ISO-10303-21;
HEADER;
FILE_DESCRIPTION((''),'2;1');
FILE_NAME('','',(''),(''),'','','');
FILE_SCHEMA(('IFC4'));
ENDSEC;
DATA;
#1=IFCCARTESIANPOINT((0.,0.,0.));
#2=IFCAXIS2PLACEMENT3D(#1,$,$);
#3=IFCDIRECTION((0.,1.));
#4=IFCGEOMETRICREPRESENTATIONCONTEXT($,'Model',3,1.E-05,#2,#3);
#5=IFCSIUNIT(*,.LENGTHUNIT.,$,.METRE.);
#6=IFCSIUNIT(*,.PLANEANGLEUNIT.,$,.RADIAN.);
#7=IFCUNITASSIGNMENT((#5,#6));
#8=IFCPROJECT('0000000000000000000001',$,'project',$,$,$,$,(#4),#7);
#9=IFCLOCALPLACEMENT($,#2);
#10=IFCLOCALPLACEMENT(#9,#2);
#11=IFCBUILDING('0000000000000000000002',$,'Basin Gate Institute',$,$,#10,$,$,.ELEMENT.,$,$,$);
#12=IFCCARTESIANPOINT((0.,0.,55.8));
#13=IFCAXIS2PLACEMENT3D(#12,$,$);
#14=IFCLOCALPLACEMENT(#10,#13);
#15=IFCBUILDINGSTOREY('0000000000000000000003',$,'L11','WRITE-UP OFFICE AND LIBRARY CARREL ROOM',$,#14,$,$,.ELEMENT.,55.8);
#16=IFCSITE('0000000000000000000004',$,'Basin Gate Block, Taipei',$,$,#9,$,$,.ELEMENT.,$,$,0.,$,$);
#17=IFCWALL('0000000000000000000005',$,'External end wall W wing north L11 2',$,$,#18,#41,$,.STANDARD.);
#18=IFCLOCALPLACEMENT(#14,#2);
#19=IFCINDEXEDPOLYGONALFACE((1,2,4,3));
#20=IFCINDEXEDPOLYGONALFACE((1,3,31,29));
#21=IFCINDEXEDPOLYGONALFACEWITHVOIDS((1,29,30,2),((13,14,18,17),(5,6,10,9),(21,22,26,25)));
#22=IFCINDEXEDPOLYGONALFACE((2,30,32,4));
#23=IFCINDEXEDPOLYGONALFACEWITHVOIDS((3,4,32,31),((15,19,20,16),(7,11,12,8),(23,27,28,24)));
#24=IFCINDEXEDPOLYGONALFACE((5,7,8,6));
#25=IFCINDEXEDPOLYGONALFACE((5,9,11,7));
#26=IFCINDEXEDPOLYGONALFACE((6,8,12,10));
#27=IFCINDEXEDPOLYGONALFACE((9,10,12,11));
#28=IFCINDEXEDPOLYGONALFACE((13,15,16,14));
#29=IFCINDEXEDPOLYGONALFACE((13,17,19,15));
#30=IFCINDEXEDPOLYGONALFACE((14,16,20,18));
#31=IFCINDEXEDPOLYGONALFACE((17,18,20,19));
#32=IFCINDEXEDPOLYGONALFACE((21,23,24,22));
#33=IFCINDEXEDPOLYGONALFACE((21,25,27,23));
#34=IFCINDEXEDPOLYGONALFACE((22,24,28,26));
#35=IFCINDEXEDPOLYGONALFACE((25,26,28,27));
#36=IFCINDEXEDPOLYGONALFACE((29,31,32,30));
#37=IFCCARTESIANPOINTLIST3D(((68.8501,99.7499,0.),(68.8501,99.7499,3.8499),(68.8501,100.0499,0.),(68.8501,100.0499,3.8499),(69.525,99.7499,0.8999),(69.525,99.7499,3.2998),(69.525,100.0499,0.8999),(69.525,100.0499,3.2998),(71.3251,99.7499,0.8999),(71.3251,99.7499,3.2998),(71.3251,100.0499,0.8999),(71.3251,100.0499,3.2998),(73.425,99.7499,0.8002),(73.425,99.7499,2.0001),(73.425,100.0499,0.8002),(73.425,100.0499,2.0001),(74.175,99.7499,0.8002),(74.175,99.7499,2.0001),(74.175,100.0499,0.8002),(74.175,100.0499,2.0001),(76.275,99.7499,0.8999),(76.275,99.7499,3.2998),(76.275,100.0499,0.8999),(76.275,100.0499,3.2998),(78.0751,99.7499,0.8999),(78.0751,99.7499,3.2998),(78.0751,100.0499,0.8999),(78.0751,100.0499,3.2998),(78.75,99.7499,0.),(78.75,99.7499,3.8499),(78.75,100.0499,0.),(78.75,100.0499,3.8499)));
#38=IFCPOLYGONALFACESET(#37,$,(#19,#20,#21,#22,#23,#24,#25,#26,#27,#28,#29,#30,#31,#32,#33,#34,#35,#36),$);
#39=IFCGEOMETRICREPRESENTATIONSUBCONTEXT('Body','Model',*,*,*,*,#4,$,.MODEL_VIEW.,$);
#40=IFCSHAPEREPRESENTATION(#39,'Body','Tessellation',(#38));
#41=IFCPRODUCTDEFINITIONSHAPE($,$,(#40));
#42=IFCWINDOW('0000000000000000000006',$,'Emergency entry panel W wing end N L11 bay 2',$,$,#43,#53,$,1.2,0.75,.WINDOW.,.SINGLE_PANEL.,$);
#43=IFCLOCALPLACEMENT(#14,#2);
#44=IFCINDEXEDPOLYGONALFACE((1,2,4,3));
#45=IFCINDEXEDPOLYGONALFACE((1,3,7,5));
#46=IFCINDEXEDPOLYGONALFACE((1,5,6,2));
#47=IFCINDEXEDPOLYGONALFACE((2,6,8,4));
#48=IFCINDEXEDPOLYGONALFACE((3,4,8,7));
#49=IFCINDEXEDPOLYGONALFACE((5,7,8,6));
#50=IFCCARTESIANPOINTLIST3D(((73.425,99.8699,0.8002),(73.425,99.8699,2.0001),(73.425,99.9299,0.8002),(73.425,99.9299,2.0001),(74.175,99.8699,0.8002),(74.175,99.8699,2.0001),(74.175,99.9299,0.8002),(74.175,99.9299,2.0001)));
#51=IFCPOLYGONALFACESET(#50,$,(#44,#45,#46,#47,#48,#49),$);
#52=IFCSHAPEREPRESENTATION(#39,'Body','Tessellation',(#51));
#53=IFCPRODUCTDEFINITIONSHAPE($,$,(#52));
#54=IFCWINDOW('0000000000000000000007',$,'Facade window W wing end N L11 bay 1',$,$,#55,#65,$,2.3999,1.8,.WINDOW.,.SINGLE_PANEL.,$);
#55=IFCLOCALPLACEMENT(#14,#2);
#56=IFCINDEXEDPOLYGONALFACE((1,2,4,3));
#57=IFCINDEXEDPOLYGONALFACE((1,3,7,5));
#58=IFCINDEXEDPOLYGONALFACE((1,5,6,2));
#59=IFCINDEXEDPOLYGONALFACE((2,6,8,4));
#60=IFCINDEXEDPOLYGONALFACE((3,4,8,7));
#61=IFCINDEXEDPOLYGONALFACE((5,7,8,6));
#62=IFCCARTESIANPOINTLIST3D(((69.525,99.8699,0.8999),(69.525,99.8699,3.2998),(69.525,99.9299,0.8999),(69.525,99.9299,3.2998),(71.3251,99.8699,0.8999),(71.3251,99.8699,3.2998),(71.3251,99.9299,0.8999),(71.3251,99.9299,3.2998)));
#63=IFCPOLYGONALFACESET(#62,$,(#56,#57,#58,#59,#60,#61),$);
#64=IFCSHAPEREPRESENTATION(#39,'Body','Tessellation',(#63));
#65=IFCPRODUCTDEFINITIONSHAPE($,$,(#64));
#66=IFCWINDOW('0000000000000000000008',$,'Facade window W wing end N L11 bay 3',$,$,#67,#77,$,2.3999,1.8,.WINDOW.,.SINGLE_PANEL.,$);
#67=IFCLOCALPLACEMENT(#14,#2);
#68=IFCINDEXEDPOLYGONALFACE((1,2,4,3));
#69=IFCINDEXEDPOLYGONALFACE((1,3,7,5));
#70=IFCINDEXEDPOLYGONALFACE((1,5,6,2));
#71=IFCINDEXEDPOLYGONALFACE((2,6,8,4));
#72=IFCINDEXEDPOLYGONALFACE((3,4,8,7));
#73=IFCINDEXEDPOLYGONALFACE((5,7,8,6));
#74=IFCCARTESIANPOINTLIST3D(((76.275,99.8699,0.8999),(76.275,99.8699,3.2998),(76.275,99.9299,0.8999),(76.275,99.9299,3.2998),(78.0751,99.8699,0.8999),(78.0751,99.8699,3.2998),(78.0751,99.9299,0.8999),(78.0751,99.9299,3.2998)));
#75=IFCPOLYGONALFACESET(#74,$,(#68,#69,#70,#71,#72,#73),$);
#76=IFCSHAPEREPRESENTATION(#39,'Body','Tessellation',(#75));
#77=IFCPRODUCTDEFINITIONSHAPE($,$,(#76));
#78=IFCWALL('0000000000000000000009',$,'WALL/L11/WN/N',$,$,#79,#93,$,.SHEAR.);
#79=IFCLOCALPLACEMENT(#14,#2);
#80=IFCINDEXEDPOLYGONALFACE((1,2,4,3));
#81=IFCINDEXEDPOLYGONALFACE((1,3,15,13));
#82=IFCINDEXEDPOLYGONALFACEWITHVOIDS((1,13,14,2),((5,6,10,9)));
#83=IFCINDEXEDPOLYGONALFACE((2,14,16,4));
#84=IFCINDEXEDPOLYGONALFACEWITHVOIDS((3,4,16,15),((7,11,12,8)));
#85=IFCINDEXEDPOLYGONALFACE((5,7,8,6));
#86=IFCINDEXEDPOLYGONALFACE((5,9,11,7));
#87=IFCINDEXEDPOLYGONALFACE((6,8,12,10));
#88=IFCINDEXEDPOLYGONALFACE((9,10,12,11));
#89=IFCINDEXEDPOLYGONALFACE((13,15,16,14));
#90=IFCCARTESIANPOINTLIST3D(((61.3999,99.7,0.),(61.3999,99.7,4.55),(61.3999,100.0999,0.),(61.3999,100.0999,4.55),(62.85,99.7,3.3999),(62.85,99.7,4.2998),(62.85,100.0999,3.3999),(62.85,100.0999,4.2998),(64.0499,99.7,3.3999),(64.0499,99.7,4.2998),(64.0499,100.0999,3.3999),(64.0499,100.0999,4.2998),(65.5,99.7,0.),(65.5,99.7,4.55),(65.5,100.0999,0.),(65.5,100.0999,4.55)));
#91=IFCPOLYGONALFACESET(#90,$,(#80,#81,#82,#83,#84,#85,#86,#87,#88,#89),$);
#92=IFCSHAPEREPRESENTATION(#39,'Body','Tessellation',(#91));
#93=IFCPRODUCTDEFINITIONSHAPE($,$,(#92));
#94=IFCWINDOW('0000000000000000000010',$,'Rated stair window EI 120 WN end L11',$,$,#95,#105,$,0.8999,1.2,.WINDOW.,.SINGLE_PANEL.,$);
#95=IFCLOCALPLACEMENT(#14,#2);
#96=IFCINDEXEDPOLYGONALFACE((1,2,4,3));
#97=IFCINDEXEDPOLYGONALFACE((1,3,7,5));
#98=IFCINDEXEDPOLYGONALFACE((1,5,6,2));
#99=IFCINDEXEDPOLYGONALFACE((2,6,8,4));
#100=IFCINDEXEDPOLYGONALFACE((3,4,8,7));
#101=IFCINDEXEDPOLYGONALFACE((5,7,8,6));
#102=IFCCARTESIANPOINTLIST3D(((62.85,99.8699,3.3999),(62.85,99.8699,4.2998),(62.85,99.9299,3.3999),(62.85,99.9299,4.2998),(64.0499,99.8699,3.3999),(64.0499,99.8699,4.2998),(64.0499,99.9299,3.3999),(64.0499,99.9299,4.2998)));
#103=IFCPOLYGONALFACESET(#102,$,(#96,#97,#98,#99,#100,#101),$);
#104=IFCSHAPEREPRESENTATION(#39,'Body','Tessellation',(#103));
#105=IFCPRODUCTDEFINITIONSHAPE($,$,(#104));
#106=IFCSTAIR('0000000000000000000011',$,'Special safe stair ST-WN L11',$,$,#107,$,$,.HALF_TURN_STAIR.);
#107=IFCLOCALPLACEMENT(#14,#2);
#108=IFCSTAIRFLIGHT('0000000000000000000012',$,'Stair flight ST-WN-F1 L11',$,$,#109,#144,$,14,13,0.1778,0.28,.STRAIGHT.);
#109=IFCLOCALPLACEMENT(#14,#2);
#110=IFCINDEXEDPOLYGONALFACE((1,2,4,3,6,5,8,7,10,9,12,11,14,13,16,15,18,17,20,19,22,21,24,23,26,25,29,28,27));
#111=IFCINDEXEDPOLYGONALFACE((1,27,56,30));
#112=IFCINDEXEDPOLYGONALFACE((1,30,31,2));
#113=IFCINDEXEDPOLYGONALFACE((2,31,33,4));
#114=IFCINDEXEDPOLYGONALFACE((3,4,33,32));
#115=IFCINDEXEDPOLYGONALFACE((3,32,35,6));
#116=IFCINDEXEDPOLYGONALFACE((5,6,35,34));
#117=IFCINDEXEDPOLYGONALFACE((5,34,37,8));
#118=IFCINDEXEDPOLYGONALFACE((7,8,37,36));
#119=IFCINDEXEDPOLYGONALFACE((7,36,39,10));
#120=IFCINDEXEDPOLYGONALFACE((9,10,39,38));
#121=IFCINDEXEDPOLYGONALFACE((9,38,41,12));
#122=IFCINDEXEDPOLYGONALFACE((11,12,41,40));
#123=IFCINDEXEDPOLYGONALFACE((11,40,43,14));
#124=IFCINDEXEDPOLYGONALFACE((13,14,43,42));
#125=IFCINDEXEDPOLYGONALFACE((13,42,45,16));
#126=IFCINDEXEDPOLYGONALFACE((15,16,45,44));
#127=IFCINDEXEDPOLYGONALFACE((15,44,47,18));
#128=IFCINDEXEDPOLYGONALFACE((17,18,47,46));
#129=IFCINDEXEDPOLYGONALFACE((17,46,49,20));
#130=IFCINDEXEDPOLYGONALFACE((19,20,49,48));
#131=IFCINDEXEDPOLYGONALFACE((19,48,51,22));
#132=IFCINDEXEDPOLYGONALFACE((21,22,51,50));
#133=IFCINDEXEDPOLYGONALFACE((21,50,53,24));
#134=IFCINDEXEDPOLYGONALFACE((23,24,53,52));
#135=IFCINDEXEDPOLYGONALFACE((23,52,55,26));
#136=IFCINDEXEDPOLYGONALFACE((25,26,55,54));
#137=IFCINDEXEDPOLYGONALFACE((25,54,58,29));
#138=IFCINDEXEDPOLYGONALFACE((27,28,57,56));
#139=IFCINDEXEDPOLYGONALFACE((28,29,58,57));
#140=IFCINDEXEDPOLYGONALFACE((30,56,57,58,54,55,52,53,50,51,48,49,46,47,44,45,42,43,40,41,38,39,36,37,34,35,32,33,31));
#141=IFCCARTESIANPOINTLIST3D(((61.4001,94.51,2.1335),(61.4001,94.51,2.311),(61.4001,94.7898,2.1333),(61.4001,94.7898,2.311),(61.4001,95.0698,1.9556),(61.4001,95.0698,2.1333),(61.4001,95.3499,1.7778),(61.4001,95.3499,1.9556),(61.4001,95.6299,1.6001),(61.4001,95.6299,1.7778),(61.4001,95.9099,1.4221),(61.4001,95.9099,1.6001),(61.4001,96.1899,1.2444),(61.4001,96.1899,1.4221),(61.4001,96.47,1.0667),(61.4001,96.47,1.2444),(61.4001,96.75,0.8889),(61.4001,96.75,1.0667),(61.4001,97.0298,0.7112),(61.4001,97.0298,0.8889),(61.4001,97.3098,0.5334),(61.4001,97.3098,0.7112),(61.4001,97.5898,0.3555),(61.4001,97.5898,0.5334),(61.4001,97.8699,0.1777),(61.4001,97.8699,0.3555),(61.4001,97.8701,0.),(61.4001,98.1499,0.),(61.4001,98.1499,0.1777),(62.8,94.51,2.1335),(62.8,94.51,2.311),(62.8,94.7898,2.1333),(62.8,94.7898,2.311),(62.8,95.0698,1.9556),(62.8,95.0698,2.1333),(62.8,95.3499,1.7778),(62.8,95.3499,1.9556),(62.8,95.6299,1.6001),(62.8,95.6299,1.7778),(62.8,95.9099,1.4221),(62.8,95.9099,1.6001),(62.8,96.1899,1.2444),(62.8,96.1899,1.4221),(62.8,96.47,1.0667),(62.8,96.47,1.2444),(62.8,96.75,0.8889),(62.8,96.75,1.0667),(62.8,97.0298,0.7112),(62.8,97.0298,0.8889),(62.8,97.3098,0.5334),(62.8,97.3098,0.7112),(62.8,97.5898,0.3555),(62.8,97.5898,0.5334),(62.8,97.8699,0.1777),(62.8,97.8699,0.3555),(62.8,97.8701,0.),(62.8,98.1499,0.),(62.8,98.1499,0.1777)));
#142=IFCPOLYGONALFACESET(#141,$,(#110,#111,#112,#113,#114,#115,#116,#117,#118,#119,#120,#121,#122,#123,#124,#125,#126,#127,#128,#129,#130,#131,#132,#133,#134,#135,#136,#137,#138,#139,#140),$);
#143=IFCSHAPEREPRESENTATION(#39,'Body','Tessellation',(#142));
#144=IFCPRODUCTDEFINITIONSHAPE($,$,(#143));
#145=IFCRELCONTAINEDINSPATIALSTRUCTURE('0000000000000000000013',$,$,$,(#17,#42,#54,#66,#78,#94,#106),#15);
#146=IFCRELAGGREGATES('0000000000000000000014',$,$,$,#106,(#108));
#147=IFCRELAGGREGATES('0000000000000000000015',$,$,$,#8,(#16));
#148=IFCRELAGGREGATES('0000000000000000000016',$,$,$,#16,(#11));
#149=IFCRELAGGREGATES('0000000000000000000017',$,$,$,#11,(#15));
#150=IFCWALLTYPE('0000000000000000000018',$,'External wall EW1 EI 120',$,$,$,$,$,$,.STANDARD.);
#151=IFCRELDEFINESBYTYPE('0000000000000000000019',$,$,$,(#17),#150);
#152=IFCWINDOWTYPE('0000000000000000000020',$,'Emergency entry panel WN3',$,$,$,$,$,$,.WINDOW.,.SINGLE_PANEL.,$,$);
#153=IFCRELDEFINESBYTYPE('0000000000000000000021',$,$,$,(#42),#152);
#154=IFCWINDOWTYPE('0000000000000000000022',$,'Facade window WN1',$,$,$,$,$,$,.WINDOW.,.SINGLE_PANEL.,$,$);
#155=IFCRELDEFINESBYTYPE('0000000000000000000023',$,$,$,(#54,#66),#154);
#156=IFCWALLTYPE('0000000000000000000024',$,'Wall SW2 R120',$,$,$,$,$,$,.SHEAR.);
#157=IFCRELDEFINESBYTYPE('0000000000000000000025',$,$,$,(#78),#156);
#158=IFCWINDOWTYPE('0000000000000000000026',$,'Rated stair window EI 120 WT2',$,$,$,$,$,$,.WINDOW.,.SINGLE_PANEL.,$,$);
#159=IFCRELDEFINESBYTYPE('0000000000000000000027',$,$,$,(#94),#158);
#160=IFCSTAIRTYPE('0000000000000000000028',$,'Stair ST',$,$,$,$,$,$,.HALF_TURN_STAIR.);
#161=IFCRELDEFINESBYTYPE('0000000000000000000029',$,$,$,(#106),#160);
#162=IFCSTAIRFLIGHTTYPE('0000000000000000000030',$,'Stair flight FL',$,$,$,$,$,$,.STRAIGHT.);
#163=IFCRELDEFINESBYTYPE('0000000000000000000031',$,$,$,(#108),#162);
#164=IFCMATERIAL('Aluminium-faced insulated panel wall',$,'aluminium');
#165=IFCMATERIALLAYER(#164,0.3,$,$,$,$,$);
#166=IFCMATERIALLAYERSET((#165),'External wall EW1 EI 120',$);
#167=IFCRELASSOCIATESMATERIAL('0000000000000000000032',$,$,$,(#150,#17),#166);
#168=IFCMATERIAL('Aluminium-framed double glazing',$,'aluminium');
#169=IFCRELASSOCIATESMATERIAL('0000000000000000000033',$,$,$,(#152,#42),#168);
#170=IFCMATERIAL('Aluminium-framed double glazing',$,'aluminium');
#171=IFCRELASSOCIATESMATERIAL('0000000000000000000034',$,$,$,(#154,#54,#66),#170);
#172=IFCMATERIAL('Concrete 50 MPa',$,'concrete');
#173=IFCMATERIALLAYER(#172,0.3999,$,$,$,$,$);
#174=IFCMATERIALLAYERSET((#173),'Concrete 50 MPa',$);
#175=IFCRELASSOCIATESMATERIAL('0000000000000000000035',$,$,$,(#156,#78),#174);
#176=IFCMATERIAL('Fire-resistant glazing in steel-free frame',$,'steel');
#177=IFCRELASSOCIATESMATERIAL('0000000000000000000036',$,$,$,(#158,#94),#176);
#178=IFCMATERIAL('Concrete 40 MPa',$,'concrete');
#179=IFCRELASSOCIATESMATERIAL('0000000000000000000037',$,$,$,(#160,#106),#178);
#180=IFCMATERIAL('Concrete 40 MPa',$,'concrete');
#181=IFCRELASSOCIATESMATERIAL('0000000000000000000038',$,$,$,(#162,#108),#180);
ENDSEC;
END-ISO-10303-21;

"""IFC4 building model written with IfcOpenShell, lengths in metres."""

from ifc_helpers import new_model, si_unit, direction, frame, frame_2d, origin, place, context, subcontext, project, spatial, polyline, rectangle, outline, extrude, material, layer, layer_set, type_object, element, fill, aggregate, save


model = new_model("IFC4")

# Units and contexts
model_context = context("Model", 3, precision=1e-05, world=origin(), true_north=direction((0.0, 1.0)))
body_context = subcontext(model_context, "Body", "Model", "MODEL_VIEW")
ifc_project = project(units=[si_unit("LENGTHUNIT", "METRE"), si_unit("PLANEANGLEUNIT", "RADIAN")], contexts=[model_context])

# Site, building, storey
site_placement = place(None, origin())
site = spatial("IfcSite", under=ifc_project, at=site_placement, Name="Basin Gate Block, Taipei", CompositionType="ELEMENT", RefElevation=0.0)
building_placement = place(site_placement, origin())
building = spatial("IfcBuilding", under=site, at=building_placement, Name="Basin Gate Institute", CompositionType="ELEMENT")
storey_placement = place(building_placement, frame((0.0, 0.0, 55.8)))
storey = spatial("IfcBuildingStorey", under=building, at=storey_placement, Name="L11", Description="WRITE-UP OFFICE AND LIBRARY CARREL ROOM", CompositionType="ELEMENT", Elevation=55.8)

# Shared definitions
ifc_material_1 = material(Name="Aluminium-faced insulated panel wall", Category="aluminium")
ifc_layer_1 = layer(ifc_material_1, 0.3)
ifc_layer_set_1 = layer_set([ifc_layer_1], Name="External wall EW1 EI 120")
wall_type_1 = type_object("IfcWallType", Name="External wall EW1 EI 120", PredefinedType="STANDARD", material=ifc_layer_set_1)

# Wall, openings, windows
wall_1_placement = place(storey_placement, frame((68.8501, 99.8999, 0.0), z_axis=(0.0, 0.0, 1.0), x_axis=(1.0, 0.0, 0.0)))
wall_1 = element("IfcWall", 1, at=wall_1_placement, inside=storey, type_object=wall_type_1, material=ifc_layer_set_1, Name="External end wall W wing north L11 2", PredefinedType="STANDARD", context=body_context, shape_type="SweptSolid", body=[
    extrude(rectangle(XDim=9.8999, YDim=0.3, at=frame_2d((4.95, 0.0))), origin(), (0.0, 0.0, 1.0), 3.8499),
])
opening_1_placement = place(wall_1_placement, frame((0.675, 0.0, 0.8999)))
opening_1 = element("IfcOpeningElement", 2, at=opening_1_placement, cuts=wall_1, PredefinedType="OPENING", context=body_context, shape_type="SweptSolid", body=[
    extrude(rectangle(XDim=1.8, YDim=2.3999, at=frame_2d((0.8999, 1.2))), frame((0.0, 0.1602, 0.0), z_axis=(0.0, -1.0, 0.0), x_axis=(1.0, 0.0, 0.0)), (0.0, 0.0, 1.0), 0.3201),
])
opening_2_placement = place(wall_1_placement, frame((4.575, 0.0, 0.8)))
opening_2 = element("IfcOpeningElement", 3, at=opening_2_placement, cuts=wall_1, PredefinedType="OPENING", context=body_context, shape_type="SweptSolid", body=[
    extrude(rectangle(XDim=0.75, YDim=1.2, at=frame_2d((0.375, 0.6001))), frame((0.0, 0.1602, 0.0), z_axis=(0.0, -1.0, 0.0), x_axis=(1.0, 0.0, 0.0)), (0.0, 0.0, 1.0), 0.3201),
])
opening_3_placement = place(wall_1_placement, frame((7.425, 0.0, 0.8999)))
opening_3 = element("IfcOpeningElement", 4, at=opening_3_placement, cuts=wall_1, PredefinedType="OPENING", context=body_context, shape_type="SweptSolid", body=[
    extrude(rectangle(XDim=1.8, YDim=2.3999, at=frame_2d((0.8999, 1.2))), frame((0.0, 0.1602, 0.0), z_axis=(0.0, -1.0, 0.0), x_axis=(1.0, 0.0, 0.0)), (0.0, 0.0, 1.0), 0.3201),
])
ifc_material_2 = material(Name="Aluminium-framed double glazing", Category="aluminium")
window_type_1 = type_object("IfcWindowType", Name="Emergency entry panel WN3", PartitioningType="SINGLE_PANEL", PredefinedType="WINDOW", material=ifc_material_2)
window_1_placement = place(opening_2_placement, origin())
window_1 = element("IfcWindow", 5, at=window_1_placement, inside=storey, type_object=window_type_1, material=ifc_material_2, Name="Emergency entry panel W wing end N L11 bay 2", OverallHeight=1.2, OverallWidth=0.75, PartitioningType="SINGLE_PANEL", PredefinedType="WINDOW", context=body_context, shape_type="SweptSolid", body=[
    extrude(rectangle(XDim=0.75, YDim=1.2, at=frame_2d((0.375, 0.6001))), frame((0.0, 0.03, 0.0), z_axis=(0.0, -1.0, 0.0), x_axis=(1.0, 0.0, 0.0)), (0.0, 0.0, 1.0), 0.0601),
])
fill(opening_2, window_1)
ifc_material_3 = material(Name="Aluminium-framed double glazing", Category="aluminium")
window_type_2 = type_object("IfcWindowType", Name="Facade window WN1", PartitioningType="SINGLE_PANEL", PredefinedType="WINDOW", material=ifc_material_3)
window_2_placement = place(opening_1_placement, origin())
window_2 = element("IfcWindow", 6, at=window_2_placement, inside=storey, type_object=window_type_2, material=ifc_material_3, Name="Facade window W wing end N L11 bay 1", OverallHeight=2.3999, OverallWidth=1.8, PartitioningType="SINGLE_PANEL", PredefinedType="WINDOW", context=body_context, shape_type="SweptSolid", body=[
    extrude(rectangle(XDim=1.8, YDim=2.3999, at=frame_2d((0.8999, 1.2))), frame((0.0, 0.03, 0.0), z_axis=(0.0, -1.0, 0.0), x_axis=(1.0, 0.0, 0.0)), (0.0, 0.0, 1.0), 0.0601),
])
fill(opening_1, window_2)
window_3_placement = place(opening_3_placement, origin())
window_3 = element("IfcWindow", 7, at=window_3_placement, inside=storey, type_object=window_type_2, material=ifc_material_3, Name="Facade window W wing end N L11 bay 3", OverallHeight=2.3999, OverallWidth=1.8, PartitioningType="SINGLE_PANEL", PredefinedType="WINDOW", context=body_context, shape_type="SweptSolid", body=[
    extrude(rectangle(XDim=1.8, YDim=2.3999, at=frame_2d((0.8999, 1.2))), frame((0.0, 0.03, 0.0), z_axis=(0.0, -1.0, 0.0), x_axis=(1.0, 0.0, 0.0)), (0.0, 0.0, 1.0), 0.0601),
])
fill(opening_3, window_3)

# Wall, opening, window
ifc_material_4 = material(Name="Concrete 50 MPa", Category="concrete")
ifc_layer_2 = layer(ifc_material_4, 0.3999)
ifc_layer_set_2 = layer_set([ifc_layer_2], Name="Concrete 50 MPa")
wall_type_2 = type_object("IfcWallType", Name="Wall SW2 R120", PredefinedType="SHEAR", material=ifc_layer_set_2)
wall_2_placement = place(storey_placement, frame((61.3999, 99.8999, 0.0), z_axis=(0.0, 0.0, 1.0), x_axis=(1.0, 0.0, 0.0)))
wall_2 = element("IfcWall", 8, at=wall_2_placement, inside=storey, type_object=wall_type_2, material=ifc_layer_set_2, Name="WALL/L11/WN/N", PredefinedType="SHEAR", context=body_context, shape_type="SweptSolid", body=[
    extrude(rectangle(XDim=4.1001, YDim=0.3999, at=frame_2d((2.05, 0.0))), origin(), (0.0, 0.0, 1.0), 4.55),
])
opening_4_placement = place(wall_2_placement, frame((1.45, 0.0, 3.3999)))
opening_4 = element("IfcOpeningElement", 9, at=opening_4_placement, cuts=wall_2, PredefinedType="OPENING", context=body_context, shape_type="SweptSolid", body=[
    extrude(rectangle(XDim=1.2, YDim=0.8999, at=frame_2d((0.6001, 0.45))), frame((0.0, 0.21, 0.0), z_axis=(0.0, -1.0, 0.0), x_axis=(1.0, 0.0, 0.0)), (0.0, 0.0, 1.0), 0.4199),
])
ifc_material_5 = material(Name="Fire-resistant glazing in steel-free frame", Category="steel")
window_type_3 = type_object("IfcWindowType", Name="Rated stair window EI 120 WT2", PartitioningType="SINGLE_PANEL", PredefinedType="WINDOW", material=ifc_material_5)
window_4_placement = place(opening_4_placement, origin())
window_4 = element("IfcWindow", 10, at=window_4_placement, inside=storey, type_object=window_type_3, material=ifc_material_5, Name="Rated stair window EI 120 WN end L11", OverallHeight=0.8999, OverallWidth=1.2, PartitioningType="SINGLE_PANEL", PredefinedType="WINDOW", context=body_context, shape_type="SweptSolid", body=[
    extrude(rectangle(XDim=1.2, YDim=0.8999, at=frame_2d((0.6001, 0.45))), frame((0.0, 0.03, 0.0), z_axis=(0.0, -1.0, 0.0), x_axis=(1.0, 0.0, 0.0)), (0.0, 0.0, 1.0), 0.0601),
])
fill(opening_4, window_4)

# Stair, stair flight
ifc_material_6 = material(Name="Concrete 40 MPa", Category="concrete")
stair_type = type_object("IfcStairType", Name="Stair ST", PredefinedType="HALF_TURN_STAIR", material=ifc_material_6)
stair_placement = place(storey_placement, origin())
stair = element("IfcStair", 11, at=stair_placement, inside=storey, type_object=stair_type, material=ifc_material_6, Name="Special safe stair ST-WN L11", PredefinedType="HALF_TURN_STAIR")
ifc_material_7 = material(Name="Concrete 40 MPa", Category="concrete")
stair_flight_type = type_object("IfcStairFlightType", Name="Stair flight FL", PredefinedType="STRAIGHT", material=ifc_material_7)
stair_flight_1_placement = place(storey_placement, frame((62.1001, 98.1499, 0.0), z_axis=(0.0, 0.0, 1.0), x_axis=(0.0, -1.0, 0.0)))
stair_flight_1 = element("IfcStairFlight", 12, at=stair_flight_1_placement, type_object=stair_flight_type, material=ifc_material_7, Name="Stair flight ST-WN-F1 L11", NumberOfRisers=14, NumberOfTreads=13, PredefinedType="STRAIGHT", RiserHeight=0.1778, TreadLength=0.28, context=body_context, shape_type="SweptSolid", body=[
    extrude(outline(polyline([(0.0, 0.0), (0.0, 0.1777), (0.28, 0.1777), (0.28, 0.3555), (0.5601, 0.3555), (0.5601, 0.5334), (0.8401, 0.5334), (0.8401, 0.7112), (1.1201, 0.7112), (1.1201, 0.8889), (1.3999, 0.8889), (1.3999, 1.0667), (1.6799, 1.0667), (1.6799, 1.2444), (1.96, 1.2444), (1.96, 1.4221), (2.24, 1.4221), (2.24, 1.6001), (2.52, 1.6001), (2.52, 1.7778), (2.8, 1.7778), (2.8, 1.9556), (3.0801, 1.9556), (3.0801, 2.1333), (3.3601, 2.1333), (3.3601, 2.311), (3.6399, 2.311), (3.6399, 2.4888), (3.6399, 2.1335), (0.2798, 0.0), (0.0, 0.0)])), frame((0.0, 0.7, 0.0), z_axis=(0.0, -1.0, 0.0), x_axis=(1.0, 0.0, 0.0)), (0.0, 0.0, 1.0), 1.3999),
])
aggregate(stair, [stair_flight_1])

save(model, "model.ifc")
